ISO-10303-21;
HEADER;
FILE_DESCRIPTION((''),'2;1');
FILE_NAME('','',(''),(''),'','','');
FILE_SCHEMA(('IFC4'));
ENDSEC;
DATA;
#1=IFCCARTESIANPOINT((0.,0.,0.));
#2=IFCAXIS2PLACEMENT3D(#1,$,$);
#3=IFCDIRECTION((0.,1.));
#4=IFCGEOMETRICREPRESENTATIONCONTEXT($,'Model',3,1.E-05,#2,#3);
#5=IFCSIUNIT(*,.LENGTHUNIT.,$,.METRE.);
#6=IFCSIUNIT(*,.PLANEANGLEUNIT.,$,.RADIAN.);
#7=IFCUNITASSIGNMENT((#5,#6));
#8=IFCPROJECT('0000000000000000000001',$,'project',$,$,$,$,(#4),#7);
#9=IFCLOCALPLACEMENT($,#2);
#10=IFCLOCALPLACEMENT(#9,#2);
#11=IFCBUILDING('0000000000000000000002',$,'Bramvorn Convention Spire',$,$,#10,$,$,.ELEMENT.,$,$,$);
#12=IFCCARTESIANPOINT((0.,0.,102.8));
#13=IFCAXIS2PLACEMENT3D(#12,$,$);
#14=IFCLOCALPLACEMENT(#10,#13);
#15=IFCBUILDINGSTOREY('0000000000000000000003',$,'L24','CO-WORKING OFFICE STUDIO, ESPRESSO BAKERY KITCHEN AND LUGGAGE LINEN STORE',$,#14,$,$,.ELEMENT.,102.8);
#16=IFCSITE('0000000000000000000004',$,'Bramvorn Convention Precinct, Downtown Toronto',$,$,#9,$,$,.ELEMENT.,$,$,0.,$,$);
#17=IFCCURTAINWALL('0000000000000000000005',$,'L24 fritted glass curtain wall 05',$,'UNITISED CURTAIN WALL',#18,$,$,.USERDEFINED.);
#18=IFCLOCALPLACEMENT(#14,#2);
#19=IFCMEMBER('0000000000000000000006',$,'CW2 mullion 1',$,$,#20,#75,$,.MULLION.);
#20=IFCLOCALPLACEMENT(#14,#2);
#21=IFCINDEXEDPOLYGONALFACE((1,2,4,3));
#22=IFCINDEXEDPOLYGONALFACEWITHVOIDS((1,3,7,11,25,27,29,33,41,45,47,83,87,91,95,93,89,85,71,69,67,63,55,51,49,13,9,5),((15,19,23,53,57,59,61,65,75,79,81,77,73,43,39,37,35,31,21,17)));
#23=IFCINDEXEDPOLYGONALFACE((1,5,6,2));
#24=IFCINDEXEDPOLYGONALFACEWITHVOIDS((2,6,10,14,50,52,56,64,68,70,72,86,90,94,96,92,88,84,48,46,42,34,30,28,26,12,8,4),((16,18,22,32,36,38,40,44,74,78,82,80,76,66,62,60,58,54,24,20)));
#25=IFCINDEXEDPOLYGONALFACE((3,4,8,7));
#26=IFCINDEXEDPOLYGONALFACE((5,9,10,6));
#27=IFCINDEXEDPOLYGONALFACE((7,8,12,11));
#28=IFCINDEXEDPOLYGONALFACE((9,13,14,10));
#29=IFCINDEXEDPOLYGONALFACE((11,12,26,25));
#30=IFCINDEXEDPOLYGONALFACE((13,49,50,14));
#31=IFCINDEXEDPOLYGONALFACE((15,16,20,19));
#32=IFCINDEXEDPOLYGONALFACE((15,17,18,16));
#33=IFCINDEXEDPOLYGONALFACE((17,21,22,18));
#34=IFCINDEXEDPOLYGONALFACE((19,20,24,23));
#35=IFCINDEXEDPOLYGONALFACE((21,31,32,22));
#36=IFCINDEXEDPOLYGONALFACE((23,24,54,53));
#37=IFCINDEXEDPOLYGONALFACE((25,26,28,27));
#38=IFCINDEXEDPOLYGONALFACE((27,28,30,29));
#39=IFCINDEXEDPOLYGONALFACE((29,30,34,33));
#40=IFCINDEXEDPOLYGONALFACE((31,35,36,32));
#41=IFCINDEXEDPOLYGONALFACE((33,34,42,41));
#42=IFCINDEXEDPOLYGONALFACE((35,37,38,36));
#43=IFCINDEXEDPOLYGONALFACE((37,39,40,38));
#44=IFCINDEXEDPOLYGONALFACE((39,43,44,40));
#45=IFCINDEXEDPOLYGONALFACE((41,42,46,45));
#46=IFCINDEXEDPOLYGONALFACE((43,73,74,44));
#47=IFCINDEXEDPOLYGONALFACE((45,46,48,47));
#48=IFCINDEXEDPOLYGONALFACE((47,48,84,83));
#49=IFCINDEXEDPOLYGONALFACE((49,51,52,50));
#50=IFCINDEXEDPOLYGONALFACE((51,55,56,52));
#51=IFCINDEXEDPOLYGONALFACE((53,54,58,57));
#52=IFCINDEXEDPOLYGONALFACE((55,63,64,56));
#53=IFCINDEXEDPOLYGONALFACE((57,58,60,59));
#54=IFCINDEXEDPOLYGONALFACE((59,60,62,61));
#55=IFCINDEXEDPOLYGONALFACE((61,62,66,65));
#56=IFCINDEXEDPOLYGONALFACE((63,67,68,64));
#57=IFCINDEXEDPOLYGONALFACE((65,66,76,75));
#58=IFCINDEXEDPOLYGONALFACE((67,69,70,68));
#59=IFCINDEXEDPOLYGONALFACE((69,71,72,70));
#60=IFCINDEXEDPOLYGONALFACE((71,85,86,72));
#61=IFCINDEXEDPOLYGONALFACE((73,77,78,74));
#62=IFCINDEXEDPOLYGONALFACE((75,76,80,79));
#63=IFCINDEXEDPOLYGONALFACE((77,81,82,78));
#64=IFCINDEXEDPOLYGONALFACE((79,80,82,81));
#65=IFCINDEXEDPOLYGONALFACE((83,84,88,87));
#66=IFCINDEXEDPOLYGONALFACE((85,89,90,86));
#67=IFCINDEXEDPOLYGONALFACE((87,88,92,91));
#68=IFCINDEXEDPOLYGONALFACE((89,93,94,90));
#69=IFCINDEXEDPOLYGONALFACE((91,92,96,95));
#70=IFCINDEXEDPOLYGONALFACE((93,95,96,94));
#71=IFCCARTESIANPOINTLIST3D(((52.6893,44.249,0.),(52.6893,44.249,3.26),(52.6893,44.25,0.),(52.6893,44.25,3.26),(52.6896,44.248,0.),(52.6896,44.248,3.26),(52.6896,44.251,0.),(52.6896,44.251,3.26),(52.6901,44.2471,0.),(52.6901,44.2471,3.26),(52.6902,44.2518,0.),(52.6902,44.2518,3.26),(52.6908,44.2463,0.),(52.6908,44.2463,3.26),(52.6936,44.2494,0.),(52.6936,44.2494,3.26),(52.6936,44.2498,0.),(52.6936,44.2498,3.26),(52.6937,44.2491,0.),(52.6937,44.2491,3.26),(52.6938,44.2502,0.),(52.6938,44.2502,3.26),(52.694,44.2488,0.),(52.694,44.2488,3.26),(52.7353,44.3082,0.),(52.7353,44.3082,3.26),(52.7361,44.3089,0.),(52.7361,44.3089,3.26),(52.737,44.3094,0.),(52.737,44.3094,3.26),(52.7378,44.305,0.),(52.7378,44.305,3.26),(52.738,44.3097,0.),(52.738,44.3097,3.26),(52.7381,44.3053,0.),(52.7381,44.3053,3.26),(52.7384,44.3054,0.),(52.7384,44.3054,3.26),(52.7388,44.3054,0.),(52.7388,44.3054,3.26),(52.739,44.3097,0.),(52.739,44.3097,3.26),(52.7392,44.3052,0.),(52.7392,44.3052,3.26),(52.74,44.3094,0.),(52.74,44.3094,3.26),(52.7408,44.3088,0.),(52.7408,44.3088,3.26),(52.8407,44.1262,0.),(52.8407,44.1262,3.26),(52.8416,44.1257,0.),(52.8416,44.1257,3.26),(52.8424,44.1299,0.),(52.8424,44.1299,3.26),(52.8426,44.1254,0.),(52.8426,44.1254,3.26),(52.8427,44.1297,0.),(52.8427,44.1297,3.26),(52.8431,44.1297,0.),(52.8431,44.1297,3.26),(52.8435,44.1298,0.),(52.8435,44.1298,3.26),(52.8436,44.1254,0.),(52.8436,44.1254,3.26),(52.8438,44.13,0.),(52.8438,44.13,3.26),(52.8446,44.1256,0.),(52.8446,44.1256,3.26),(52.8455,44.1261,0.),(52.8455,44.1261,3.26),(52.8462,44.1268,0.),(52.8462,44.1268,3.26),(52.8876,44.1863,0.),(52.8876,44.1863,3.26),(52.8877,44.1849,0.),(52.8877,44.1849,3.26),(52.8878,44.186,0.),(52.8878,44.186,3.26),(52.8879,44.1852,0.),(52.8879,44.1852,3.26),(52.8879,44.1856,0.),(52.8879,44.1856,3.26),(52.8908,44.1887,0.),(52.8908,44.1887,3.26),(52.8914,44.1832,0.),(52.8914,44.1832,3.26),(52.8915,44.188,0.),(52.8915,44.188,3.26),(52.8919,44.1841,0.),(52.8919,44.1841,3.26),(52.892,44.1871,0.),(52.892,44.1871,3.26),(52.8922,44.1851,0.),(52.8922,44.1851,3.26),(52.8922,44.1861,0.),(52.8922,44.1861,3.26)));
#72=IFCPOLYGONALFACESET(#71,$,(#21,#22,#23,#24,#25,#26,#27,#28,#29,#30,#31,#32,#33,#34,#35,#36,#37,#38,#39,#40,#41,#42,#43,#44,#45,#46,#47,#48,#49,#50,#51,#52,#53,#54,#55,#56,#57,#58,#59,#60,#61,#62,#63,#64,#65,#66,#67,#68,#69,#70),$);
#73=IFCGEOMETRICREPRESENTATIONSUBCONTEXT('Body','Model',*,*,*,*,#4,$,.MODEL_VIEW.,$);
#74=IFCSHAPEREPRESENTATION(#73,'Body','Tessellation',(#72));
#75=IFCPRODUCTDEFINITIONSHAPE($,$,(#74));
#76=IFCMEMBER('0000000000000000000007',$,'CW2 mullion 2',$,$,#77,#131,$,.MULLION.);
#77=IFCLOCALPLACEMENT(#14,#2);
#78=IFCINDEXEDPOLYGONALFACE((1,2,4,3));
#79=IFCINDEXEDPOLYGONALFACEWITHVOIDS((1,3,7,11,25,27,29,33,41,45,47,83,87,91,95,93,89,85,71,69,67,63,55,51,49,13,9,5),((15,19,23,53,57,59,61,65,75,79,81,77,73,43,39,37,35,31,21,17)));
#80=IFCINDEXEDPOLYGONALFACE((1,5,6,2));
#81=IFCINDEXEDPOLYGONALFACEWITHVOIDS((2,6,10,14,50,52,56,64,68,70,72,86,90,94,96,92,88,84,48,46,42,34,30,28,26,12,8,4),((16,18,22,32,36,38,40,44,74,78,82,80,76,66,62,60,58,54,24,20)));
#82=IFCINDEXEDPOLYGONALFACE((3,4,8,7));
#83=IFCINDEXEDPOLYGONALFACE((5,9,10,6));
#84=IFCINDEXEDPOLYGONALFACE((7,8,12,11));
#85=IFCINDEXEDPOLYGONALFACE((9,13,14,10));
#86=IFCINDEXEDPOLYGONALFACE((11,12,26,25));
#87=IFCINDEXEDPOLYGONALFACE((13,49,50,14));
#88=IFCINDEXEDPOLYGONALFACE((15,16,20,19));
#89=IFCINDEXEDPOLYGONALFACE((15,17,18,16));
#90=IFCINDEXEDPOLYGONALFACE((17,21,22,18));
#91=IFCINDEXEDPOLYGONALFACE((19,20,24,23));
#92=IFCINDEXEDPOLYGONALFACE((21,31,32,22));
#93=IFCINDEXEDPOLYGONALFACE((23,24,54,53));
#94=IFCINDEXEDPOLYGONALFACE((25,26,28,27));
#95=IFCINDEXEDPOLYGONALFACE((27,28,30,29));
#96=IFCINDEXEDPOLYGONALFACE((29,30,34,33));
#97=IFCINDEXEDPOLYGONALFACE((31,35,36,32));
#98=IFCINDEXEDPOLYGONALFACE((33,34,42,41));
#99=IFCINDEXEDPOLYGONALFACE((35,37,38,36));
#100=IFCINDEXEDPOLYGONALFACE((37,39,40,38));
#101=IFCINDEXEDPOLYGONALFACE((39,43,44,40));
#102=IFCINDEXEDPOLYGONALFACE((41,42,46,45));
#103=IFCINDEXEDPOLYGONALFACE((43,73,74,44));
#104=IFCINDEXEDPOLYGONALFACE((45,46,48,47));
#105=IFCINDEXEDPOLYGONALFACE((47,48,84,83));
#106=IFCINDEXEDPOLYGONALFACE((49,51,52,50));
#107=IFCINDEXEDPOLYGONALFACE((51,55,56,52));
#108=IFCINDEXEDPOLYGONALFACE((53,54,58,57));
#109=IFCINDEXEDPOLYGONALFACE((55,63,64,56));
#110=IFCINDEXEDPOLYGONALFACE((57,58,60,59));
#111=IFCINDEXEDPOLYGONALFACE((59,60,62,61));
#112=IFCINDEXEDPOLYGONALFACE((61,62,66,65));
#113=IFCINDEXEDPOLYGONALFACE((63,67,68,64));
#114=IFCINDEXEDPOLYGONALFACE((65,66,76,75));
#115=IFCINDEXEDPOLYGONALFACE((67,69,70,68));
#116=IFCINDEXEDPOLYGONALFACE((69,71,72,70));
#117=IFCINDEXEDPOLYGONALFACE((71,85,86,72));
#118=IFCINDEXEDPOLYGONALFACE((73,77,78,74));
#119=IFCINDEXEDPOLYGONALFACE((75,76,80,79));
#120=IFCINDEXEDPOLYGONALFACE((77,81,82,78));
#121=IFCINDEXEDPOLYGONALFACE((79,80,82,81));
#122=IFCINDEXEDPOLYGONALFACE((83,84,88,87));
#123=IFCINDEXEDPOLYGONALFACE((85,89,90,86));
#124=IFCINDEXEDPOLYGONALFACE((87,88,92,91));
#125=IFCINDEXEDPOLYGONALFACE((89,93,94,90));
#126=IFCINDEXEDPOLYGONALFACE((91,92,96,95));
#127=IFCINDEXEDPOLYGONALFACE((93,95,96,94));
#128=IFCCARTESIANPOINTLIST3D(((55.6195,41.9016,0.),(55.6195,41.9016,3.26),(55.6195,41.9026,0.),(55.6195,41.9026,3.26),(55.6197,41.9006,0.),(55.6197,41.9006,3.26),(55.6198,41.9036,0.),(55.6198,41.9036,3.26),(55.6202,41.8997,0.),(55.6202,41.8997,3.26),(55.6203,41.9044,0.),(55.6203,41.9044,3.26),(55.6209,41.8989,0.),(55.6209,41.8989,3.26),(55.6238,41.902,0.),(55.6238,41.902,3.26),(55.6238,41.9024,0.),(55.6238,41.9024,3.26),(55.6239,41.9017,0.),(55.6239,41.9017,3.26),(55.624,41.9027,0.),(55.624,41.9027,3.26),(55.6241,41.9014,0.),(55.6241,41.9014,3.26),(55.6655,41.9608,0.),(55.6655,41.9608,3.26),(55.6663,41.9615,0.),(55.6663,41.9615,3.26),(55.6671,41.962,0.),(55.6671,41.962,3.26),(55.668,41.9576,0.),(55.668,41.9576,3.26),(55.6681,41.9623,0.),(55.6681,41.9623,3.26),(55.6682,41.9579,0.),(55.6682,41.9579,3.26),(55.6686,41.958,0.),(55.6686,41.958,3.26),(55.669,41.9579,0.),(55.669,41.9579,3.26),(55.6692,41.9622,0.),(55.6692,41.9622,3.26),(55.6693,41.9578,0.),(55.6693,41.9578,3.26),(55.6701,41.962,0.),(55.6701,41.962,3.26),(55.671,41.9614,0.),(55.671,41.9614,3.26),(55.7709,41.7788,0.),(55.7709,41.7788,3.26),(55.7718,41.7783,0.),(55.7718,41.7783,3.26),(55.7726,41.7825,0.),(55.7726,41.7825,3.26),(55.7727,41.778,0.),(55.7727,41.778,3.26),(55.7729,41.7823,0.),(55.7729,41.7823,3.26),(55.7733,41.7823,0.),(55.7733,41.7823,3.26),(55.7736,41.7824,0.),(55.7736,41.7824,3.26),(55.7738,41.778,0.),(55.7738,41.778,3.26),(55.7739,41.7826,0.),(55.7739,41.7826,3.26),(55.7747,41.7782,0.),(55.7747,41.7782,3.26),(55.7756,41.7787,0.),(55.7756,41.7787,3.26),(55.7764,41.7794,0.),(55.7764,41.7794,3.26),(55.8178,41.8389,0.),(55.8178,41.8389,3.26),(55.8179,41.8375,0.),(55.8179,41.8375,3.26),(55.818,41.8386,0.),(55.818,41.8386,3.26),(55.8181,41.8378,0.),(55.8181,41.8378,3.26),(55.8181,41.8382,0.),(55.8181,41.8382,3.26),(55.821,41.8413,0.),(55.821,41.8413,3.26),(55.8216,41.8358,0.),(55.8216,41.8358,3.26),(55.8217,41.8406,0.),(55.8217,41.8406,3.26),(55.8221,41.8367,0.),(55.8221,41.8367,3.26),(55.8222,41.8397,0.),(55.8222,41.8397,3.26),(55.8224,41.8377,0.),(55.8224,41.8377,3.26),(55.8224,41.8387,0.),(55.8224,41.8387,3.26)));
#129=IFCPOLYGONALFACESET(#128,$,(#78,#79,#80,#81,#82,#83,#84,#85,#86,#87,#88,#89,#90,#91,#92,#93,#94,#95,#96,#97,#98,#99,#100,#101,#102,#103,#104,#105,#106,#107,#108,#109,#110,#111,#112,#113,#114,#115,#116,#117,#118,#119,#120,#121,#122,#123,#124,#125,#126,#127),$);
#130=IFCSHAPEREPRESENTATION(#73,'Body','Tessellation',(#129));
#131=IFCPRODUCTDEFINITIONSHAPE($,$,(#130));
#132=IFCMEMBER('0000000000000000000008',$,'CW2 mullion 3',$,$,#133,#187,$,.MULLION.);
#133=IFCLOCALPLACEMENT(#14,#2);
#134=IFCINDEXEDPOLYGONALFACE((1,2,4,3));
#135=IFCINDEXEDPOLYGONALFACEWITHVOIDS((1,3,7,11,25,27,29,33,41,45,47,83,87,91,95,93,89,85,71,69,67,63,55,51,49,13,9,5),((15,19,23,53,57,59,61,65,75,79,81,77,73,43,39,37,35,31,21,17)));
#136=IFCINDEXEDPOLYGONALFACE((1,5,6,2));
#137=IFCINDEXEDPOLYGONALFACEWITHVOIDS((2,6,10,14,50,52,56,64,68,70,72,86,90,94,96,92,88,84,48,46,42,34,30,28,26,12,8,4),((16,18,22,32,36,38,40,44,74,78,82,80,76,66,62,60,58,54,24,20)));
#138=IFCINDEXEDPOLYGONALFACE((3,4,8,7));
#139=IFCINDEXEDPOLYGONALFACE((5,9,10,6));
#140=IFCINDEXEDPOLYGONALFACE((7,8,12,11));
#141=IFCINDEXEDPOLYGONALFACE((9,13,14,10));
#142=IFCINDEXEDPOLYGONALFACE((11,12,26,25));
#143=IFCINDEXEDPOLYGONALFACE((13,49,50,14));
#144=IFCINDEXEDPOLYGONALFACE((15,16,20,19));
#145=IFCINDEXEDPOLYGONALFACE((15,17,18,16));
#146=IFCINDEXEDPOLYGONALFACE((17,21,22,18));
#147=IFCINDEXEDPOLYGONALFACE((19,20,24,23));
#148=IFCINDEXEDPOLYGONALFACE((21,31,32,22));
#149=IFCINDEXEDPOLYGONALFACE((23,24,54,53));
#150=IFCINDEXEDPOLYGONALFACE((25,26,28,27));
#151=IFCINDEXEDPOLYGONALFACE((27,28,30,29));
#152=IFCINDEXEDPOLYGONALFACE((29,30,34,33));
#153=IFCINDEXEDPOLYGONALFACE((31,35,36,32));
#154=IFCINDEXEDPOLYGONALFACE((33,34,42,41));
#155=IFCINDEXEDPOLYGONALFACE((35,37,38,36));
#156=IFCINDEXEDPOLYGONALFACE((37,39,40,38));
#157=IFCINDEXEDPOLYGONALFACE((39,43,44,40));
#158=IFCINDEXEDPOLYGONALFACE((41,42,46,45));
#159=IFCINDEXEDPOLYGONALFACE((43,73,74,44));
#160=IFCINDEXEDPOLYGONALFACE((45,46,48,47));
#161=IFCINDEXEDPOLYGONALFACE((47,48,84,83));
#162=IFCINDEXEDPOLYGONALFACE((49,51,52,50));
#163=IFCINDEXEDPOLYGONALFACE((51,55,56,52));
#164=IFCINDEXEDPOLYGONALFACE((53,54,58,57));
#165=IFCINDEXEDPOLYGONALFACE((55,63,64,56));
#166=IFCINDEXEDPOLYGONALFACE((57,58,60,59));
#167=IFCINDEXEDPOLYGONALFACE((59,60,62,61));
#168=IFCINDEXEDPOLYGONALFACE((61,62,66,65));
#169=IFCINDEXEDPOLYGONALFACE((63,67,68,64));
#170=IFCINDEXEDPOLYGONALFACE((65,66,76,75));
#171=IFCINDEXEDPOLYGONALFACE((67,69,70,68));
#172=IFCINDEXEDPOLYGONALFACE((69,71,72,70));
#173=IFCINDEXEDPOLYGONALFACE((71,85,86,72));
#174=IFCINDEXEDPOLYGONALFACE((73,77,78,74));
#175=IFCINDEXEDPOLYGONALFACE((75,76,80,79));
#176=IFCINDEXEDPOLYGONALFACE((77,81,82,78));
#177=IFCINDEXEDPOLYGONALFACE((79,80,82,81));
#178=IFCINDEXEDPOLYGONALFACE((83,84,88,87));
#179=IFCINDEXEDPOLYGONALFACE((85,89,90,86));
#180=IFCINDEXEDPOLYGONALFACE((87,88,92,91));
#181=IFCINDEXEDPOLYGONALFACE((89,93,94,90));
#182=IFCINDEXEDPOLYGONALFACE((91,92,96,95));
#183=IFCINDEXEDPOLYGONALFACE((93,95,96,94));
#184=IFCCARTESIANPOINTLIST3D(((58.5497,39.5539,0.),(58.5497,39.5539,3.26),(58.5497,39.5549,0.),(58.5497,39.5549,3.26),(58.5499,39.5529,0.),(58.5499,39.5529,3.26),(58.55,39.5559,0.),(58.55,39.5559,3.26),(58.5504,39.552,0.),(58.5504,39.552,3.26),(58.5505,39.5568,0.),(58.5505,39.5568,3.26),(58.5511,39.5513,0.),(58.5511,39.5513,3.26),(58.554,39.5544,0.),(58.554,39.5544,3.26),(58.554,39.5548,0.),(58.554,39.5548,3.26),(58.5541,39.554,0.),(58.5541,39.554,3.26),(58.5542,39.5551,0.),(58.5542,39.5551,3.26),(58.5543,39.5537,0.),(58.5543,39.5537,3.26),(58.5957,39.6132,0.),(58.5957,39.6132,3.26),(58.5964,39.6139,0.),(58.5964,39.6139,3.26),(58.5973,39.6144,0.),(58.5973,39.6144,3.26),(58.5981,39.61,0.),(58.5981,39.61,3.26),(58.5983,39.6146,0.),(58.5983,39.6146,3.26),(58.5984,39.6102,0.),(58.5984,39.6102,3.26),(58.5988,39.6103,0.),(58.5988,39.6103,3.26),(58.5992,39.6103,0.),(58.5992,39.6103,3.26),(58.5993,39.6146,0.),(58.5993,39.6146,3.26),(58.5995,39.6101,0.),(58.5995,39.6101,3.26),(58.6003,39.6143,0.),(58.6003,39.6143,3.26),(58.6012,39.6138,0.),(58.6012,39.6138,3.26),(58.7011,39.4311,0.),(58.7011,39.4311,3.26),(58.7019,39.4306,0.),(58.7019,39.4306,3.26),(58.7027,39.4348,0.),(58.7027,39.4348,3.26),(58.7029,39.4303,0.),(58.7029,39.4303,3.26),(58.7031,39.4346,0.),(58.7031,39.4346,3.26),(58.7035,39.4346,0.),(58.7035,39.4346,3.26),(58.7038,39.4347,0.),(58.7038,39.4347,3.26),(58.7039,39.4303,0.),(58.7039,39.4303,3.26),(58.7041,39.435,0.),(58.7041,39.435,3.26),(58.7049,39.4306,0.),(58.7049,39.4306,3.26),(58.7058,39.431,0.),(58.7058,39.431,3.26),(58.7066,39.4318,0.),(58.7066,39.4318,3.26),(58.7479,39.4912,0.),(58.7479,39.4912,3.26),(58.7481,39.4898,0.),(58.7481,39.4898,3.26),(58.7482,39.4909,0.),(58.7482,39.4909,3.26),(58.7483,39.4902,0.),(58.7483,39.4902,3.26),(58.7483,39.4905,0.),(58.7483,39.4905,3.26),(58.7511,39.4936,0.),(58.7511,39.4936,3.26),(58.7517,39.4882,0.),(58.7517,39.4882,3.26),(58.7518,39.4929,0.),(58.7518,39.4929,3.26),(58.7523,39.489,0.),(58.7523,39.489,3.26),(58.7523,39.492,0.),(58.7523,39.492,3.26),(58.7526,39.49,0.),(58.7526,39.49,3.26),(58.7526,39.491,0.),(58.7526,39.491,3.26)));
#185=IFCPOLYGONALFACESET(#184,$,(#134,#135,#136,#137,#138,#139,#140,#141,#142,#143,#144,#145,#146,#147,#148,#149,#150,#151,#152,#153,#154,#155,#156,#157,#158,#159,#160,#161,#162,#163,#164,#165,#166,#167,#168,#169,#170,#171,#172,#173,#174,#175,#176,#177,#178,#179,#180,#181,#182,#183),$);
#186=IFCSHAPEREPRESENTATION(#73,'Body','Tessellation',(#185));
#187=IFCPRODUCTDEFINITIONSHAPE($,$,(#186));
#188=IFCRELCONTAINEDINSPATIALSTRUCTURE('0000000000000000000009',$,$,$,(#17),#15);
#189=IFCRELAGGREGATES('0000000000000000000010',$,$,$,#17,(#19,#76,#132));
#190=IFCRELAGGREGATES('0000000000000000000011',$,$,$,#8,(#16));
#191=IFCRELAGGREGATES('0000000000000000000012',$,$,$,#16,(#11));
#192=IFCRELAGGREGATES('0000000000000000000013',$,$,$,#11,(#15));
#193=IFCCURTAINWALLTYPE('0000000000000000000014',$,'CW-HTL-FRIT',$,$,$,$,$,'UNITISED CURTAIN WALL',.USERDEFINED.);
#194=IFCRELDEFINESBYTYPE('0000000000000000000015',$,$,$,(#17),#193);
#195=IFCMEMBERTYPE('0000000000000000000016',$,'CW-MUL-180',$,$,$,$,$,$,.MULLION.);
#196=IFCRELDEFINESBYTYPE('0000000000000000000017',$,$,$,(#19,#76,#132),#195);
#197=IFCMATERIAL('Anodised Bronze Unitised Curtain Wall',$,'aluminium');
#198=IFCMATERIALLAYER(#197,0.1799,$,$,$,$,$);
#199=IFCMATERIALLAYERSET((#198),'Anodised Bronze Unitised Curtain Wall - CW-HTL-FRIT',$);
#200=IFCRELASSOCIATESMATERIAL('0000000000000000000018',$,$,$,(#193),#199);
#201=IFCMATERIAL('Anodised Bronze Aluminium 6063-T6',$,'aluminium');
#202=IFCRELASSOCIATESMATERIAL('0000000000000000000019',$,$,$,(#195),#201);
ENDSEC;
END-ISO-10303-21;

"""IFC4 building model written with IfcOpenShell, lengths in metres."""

from ifc_helpers import new_model, si_unit, direction, frame, origin, origin_2d, place, context, subcontext, project, spatial, hollow_rectangle, extrude, material, layer, layer_set, material_profile, profile_set, type_object, element, aggregate, save


model = new_model("IFC4")

# Units and contexts
model_context = context("Model", 3, precision=1e-05, world=origin(), true_north=direction((0.0, 1.0)))
body_context = subcontext(model_context, "Body", "Model", "MODEL_VIEW")
ifc_project = project(units=[si_unit("LENGTHUNIT", "METRE"), si_unit("PLANEANGLEUNIT", "RADIAN")], contexts=[model_context])

# Site, building, storey
site_placement = place(None, origin())
site = spatial("IfcSite", under=ifc_project, at=site_placement, Name="Bramvorn Convention Precinct, Downtown Toronto", CompositionType="ELEMENT", RefElevation=0.0)
building_placement = place(site_placement, origin())
building = spatial("IfcBuilding", under=site, at=building_placement, Name="Bramvorn Convention Spire", CompositionType="ELEMENT")
storey_placement = place(building_placement, frame((0.0, 0.0, 102.8)))
storey = spatial("IfcBuildingStorey", under=building, at=storey_placement, Name="L24", Description="CO-WORKING OFFICE STUDIO, ESPRESSO BAKERY KITCHEN AND LUGGAGE LINEN STORE", CompositionType="ELEMENT", Elevation=102.8)

# Curtain wall, members
ifc_material_1 = material(Name="Anodised Bronze Unitised Curtain Wall", Category="aluminium")
ifc_layer_1 = layer(ifc_material_1, 0.1799)
ifc_layer_set_1 = layer_set([ifc_layer_1], Name="Anodised Bronze Unitised Curtain Wall - CW-HTL-FRIT")
curtain_wall_type = type_object("IfcCurtainWallType", Name="CW-HTL-FRIT", ElementType="UNITISED CURTAIN WALL", PredefinedType="USERDEFINED", material=ifc_layer_set_1)
curtain_wall_placement = place(storey_placement, origin())
curtain_wall = element("IfcCurtainWall", 1, at=curtain_wall_placement, inside=storey, type_object=curtain_wall_type, Name="L24 fritted glass curtain wall 05", ObjectType="UNITISED CURTAIN WALL", PredefinedType="USERDEFINED")
ifc_material_2 = material(Name="Anodised Bronze Aluminium 6063-T6", Category="aluminium")
ifc_material_profile_1 = material_profile(ifc_material_2, hollow_rectangle(XDim=0.0801, YDim=0.2, WallThickness=0.0039, InnerFilletRadius=0.001, OuterFilletRadius=0.0039, at=origin_2d()))
ifc_profile_set_1 = profile_set([ifc_material_profile_1], Name="Anodised Bronze Aluminium 6063-T6 - CWM80X200")
member_type_1 = type_object("IfcMemberType", Name="CW-MUL-180", PredefinedType="MULLION", material=ifc_profile_set_1)
member_1_placement = place(storey_placement, frame((52.7908, 44.2175, 0.0), z_axis=(0.0, 0.0, 1.0), x_axis=(0.625246, 0.780428, 0.0)))
member_1 = element("IfcMember", 2, at=member_1_placement, type_object=member_type_1, Name="CW2 mullion 1", PredefinedType="MULLION", context=body_context, shape_type="SweptSolid", body=[
    extrude(hollow_rectangle(XDim=0.0801, YDim=0.2, WallThickness=0.0039, InnerFilletRadius=0.001, OuterFilletRadius=0.0039, at=origin_2d()), origin(), (0.0, 0.0, 1.0), 3.26),
])
member_2_placement = place(storey_placement, frame((55.7209, 41.8701, 0.0), z_axis=(0.0, 0.0, 1.0), x_axis=(0.625246, 0.780428, 0.0)))
member_2 = element("IfcMember", 3, at=member_2_placement, type_object=member_type_1, Name="CW2 mullion 2", PredefinedType="MULLION", context=body_context, shape_type="SweptSolid", body=[
    extrude(hollow_rectangle(XDim=0.0801, YDim=0.2, WallThickness=0.0039, InnerFilletRadius=0.001, OuterFilletRadius=0.0039, at=origin_2d()), origin(), (0.0, 0.0, 1.0), 3.26),
])
member_3_placement = place(storey_placement, frame((58.6511, 39.5225, 0.0), z_axis=(0.0, 0.0, 1.0), x_axis=(0.625246, 0.780428, 0.0)))
member_3 = element("IfcMember", 4, at=member_3_placement, type_object=member_type_1, Name="CW2 mullion 3", PredefinedType="MULLION", context=body_context, shape_type="SweptSolid", body=[
    extrude(hollow_rectangle(XDim=0.0801, YDim=0.2, WallThickness=0.0039, InnerFilletRadius=0.001, OuterFilletRadius=0.0039, at=origin_2d()), origin(), (0.0, 0.0, 1.0), 3.26),
])
aggregate(curtain_wall, [member_1, member_2, member_3])

save(model, "model.ifc")
